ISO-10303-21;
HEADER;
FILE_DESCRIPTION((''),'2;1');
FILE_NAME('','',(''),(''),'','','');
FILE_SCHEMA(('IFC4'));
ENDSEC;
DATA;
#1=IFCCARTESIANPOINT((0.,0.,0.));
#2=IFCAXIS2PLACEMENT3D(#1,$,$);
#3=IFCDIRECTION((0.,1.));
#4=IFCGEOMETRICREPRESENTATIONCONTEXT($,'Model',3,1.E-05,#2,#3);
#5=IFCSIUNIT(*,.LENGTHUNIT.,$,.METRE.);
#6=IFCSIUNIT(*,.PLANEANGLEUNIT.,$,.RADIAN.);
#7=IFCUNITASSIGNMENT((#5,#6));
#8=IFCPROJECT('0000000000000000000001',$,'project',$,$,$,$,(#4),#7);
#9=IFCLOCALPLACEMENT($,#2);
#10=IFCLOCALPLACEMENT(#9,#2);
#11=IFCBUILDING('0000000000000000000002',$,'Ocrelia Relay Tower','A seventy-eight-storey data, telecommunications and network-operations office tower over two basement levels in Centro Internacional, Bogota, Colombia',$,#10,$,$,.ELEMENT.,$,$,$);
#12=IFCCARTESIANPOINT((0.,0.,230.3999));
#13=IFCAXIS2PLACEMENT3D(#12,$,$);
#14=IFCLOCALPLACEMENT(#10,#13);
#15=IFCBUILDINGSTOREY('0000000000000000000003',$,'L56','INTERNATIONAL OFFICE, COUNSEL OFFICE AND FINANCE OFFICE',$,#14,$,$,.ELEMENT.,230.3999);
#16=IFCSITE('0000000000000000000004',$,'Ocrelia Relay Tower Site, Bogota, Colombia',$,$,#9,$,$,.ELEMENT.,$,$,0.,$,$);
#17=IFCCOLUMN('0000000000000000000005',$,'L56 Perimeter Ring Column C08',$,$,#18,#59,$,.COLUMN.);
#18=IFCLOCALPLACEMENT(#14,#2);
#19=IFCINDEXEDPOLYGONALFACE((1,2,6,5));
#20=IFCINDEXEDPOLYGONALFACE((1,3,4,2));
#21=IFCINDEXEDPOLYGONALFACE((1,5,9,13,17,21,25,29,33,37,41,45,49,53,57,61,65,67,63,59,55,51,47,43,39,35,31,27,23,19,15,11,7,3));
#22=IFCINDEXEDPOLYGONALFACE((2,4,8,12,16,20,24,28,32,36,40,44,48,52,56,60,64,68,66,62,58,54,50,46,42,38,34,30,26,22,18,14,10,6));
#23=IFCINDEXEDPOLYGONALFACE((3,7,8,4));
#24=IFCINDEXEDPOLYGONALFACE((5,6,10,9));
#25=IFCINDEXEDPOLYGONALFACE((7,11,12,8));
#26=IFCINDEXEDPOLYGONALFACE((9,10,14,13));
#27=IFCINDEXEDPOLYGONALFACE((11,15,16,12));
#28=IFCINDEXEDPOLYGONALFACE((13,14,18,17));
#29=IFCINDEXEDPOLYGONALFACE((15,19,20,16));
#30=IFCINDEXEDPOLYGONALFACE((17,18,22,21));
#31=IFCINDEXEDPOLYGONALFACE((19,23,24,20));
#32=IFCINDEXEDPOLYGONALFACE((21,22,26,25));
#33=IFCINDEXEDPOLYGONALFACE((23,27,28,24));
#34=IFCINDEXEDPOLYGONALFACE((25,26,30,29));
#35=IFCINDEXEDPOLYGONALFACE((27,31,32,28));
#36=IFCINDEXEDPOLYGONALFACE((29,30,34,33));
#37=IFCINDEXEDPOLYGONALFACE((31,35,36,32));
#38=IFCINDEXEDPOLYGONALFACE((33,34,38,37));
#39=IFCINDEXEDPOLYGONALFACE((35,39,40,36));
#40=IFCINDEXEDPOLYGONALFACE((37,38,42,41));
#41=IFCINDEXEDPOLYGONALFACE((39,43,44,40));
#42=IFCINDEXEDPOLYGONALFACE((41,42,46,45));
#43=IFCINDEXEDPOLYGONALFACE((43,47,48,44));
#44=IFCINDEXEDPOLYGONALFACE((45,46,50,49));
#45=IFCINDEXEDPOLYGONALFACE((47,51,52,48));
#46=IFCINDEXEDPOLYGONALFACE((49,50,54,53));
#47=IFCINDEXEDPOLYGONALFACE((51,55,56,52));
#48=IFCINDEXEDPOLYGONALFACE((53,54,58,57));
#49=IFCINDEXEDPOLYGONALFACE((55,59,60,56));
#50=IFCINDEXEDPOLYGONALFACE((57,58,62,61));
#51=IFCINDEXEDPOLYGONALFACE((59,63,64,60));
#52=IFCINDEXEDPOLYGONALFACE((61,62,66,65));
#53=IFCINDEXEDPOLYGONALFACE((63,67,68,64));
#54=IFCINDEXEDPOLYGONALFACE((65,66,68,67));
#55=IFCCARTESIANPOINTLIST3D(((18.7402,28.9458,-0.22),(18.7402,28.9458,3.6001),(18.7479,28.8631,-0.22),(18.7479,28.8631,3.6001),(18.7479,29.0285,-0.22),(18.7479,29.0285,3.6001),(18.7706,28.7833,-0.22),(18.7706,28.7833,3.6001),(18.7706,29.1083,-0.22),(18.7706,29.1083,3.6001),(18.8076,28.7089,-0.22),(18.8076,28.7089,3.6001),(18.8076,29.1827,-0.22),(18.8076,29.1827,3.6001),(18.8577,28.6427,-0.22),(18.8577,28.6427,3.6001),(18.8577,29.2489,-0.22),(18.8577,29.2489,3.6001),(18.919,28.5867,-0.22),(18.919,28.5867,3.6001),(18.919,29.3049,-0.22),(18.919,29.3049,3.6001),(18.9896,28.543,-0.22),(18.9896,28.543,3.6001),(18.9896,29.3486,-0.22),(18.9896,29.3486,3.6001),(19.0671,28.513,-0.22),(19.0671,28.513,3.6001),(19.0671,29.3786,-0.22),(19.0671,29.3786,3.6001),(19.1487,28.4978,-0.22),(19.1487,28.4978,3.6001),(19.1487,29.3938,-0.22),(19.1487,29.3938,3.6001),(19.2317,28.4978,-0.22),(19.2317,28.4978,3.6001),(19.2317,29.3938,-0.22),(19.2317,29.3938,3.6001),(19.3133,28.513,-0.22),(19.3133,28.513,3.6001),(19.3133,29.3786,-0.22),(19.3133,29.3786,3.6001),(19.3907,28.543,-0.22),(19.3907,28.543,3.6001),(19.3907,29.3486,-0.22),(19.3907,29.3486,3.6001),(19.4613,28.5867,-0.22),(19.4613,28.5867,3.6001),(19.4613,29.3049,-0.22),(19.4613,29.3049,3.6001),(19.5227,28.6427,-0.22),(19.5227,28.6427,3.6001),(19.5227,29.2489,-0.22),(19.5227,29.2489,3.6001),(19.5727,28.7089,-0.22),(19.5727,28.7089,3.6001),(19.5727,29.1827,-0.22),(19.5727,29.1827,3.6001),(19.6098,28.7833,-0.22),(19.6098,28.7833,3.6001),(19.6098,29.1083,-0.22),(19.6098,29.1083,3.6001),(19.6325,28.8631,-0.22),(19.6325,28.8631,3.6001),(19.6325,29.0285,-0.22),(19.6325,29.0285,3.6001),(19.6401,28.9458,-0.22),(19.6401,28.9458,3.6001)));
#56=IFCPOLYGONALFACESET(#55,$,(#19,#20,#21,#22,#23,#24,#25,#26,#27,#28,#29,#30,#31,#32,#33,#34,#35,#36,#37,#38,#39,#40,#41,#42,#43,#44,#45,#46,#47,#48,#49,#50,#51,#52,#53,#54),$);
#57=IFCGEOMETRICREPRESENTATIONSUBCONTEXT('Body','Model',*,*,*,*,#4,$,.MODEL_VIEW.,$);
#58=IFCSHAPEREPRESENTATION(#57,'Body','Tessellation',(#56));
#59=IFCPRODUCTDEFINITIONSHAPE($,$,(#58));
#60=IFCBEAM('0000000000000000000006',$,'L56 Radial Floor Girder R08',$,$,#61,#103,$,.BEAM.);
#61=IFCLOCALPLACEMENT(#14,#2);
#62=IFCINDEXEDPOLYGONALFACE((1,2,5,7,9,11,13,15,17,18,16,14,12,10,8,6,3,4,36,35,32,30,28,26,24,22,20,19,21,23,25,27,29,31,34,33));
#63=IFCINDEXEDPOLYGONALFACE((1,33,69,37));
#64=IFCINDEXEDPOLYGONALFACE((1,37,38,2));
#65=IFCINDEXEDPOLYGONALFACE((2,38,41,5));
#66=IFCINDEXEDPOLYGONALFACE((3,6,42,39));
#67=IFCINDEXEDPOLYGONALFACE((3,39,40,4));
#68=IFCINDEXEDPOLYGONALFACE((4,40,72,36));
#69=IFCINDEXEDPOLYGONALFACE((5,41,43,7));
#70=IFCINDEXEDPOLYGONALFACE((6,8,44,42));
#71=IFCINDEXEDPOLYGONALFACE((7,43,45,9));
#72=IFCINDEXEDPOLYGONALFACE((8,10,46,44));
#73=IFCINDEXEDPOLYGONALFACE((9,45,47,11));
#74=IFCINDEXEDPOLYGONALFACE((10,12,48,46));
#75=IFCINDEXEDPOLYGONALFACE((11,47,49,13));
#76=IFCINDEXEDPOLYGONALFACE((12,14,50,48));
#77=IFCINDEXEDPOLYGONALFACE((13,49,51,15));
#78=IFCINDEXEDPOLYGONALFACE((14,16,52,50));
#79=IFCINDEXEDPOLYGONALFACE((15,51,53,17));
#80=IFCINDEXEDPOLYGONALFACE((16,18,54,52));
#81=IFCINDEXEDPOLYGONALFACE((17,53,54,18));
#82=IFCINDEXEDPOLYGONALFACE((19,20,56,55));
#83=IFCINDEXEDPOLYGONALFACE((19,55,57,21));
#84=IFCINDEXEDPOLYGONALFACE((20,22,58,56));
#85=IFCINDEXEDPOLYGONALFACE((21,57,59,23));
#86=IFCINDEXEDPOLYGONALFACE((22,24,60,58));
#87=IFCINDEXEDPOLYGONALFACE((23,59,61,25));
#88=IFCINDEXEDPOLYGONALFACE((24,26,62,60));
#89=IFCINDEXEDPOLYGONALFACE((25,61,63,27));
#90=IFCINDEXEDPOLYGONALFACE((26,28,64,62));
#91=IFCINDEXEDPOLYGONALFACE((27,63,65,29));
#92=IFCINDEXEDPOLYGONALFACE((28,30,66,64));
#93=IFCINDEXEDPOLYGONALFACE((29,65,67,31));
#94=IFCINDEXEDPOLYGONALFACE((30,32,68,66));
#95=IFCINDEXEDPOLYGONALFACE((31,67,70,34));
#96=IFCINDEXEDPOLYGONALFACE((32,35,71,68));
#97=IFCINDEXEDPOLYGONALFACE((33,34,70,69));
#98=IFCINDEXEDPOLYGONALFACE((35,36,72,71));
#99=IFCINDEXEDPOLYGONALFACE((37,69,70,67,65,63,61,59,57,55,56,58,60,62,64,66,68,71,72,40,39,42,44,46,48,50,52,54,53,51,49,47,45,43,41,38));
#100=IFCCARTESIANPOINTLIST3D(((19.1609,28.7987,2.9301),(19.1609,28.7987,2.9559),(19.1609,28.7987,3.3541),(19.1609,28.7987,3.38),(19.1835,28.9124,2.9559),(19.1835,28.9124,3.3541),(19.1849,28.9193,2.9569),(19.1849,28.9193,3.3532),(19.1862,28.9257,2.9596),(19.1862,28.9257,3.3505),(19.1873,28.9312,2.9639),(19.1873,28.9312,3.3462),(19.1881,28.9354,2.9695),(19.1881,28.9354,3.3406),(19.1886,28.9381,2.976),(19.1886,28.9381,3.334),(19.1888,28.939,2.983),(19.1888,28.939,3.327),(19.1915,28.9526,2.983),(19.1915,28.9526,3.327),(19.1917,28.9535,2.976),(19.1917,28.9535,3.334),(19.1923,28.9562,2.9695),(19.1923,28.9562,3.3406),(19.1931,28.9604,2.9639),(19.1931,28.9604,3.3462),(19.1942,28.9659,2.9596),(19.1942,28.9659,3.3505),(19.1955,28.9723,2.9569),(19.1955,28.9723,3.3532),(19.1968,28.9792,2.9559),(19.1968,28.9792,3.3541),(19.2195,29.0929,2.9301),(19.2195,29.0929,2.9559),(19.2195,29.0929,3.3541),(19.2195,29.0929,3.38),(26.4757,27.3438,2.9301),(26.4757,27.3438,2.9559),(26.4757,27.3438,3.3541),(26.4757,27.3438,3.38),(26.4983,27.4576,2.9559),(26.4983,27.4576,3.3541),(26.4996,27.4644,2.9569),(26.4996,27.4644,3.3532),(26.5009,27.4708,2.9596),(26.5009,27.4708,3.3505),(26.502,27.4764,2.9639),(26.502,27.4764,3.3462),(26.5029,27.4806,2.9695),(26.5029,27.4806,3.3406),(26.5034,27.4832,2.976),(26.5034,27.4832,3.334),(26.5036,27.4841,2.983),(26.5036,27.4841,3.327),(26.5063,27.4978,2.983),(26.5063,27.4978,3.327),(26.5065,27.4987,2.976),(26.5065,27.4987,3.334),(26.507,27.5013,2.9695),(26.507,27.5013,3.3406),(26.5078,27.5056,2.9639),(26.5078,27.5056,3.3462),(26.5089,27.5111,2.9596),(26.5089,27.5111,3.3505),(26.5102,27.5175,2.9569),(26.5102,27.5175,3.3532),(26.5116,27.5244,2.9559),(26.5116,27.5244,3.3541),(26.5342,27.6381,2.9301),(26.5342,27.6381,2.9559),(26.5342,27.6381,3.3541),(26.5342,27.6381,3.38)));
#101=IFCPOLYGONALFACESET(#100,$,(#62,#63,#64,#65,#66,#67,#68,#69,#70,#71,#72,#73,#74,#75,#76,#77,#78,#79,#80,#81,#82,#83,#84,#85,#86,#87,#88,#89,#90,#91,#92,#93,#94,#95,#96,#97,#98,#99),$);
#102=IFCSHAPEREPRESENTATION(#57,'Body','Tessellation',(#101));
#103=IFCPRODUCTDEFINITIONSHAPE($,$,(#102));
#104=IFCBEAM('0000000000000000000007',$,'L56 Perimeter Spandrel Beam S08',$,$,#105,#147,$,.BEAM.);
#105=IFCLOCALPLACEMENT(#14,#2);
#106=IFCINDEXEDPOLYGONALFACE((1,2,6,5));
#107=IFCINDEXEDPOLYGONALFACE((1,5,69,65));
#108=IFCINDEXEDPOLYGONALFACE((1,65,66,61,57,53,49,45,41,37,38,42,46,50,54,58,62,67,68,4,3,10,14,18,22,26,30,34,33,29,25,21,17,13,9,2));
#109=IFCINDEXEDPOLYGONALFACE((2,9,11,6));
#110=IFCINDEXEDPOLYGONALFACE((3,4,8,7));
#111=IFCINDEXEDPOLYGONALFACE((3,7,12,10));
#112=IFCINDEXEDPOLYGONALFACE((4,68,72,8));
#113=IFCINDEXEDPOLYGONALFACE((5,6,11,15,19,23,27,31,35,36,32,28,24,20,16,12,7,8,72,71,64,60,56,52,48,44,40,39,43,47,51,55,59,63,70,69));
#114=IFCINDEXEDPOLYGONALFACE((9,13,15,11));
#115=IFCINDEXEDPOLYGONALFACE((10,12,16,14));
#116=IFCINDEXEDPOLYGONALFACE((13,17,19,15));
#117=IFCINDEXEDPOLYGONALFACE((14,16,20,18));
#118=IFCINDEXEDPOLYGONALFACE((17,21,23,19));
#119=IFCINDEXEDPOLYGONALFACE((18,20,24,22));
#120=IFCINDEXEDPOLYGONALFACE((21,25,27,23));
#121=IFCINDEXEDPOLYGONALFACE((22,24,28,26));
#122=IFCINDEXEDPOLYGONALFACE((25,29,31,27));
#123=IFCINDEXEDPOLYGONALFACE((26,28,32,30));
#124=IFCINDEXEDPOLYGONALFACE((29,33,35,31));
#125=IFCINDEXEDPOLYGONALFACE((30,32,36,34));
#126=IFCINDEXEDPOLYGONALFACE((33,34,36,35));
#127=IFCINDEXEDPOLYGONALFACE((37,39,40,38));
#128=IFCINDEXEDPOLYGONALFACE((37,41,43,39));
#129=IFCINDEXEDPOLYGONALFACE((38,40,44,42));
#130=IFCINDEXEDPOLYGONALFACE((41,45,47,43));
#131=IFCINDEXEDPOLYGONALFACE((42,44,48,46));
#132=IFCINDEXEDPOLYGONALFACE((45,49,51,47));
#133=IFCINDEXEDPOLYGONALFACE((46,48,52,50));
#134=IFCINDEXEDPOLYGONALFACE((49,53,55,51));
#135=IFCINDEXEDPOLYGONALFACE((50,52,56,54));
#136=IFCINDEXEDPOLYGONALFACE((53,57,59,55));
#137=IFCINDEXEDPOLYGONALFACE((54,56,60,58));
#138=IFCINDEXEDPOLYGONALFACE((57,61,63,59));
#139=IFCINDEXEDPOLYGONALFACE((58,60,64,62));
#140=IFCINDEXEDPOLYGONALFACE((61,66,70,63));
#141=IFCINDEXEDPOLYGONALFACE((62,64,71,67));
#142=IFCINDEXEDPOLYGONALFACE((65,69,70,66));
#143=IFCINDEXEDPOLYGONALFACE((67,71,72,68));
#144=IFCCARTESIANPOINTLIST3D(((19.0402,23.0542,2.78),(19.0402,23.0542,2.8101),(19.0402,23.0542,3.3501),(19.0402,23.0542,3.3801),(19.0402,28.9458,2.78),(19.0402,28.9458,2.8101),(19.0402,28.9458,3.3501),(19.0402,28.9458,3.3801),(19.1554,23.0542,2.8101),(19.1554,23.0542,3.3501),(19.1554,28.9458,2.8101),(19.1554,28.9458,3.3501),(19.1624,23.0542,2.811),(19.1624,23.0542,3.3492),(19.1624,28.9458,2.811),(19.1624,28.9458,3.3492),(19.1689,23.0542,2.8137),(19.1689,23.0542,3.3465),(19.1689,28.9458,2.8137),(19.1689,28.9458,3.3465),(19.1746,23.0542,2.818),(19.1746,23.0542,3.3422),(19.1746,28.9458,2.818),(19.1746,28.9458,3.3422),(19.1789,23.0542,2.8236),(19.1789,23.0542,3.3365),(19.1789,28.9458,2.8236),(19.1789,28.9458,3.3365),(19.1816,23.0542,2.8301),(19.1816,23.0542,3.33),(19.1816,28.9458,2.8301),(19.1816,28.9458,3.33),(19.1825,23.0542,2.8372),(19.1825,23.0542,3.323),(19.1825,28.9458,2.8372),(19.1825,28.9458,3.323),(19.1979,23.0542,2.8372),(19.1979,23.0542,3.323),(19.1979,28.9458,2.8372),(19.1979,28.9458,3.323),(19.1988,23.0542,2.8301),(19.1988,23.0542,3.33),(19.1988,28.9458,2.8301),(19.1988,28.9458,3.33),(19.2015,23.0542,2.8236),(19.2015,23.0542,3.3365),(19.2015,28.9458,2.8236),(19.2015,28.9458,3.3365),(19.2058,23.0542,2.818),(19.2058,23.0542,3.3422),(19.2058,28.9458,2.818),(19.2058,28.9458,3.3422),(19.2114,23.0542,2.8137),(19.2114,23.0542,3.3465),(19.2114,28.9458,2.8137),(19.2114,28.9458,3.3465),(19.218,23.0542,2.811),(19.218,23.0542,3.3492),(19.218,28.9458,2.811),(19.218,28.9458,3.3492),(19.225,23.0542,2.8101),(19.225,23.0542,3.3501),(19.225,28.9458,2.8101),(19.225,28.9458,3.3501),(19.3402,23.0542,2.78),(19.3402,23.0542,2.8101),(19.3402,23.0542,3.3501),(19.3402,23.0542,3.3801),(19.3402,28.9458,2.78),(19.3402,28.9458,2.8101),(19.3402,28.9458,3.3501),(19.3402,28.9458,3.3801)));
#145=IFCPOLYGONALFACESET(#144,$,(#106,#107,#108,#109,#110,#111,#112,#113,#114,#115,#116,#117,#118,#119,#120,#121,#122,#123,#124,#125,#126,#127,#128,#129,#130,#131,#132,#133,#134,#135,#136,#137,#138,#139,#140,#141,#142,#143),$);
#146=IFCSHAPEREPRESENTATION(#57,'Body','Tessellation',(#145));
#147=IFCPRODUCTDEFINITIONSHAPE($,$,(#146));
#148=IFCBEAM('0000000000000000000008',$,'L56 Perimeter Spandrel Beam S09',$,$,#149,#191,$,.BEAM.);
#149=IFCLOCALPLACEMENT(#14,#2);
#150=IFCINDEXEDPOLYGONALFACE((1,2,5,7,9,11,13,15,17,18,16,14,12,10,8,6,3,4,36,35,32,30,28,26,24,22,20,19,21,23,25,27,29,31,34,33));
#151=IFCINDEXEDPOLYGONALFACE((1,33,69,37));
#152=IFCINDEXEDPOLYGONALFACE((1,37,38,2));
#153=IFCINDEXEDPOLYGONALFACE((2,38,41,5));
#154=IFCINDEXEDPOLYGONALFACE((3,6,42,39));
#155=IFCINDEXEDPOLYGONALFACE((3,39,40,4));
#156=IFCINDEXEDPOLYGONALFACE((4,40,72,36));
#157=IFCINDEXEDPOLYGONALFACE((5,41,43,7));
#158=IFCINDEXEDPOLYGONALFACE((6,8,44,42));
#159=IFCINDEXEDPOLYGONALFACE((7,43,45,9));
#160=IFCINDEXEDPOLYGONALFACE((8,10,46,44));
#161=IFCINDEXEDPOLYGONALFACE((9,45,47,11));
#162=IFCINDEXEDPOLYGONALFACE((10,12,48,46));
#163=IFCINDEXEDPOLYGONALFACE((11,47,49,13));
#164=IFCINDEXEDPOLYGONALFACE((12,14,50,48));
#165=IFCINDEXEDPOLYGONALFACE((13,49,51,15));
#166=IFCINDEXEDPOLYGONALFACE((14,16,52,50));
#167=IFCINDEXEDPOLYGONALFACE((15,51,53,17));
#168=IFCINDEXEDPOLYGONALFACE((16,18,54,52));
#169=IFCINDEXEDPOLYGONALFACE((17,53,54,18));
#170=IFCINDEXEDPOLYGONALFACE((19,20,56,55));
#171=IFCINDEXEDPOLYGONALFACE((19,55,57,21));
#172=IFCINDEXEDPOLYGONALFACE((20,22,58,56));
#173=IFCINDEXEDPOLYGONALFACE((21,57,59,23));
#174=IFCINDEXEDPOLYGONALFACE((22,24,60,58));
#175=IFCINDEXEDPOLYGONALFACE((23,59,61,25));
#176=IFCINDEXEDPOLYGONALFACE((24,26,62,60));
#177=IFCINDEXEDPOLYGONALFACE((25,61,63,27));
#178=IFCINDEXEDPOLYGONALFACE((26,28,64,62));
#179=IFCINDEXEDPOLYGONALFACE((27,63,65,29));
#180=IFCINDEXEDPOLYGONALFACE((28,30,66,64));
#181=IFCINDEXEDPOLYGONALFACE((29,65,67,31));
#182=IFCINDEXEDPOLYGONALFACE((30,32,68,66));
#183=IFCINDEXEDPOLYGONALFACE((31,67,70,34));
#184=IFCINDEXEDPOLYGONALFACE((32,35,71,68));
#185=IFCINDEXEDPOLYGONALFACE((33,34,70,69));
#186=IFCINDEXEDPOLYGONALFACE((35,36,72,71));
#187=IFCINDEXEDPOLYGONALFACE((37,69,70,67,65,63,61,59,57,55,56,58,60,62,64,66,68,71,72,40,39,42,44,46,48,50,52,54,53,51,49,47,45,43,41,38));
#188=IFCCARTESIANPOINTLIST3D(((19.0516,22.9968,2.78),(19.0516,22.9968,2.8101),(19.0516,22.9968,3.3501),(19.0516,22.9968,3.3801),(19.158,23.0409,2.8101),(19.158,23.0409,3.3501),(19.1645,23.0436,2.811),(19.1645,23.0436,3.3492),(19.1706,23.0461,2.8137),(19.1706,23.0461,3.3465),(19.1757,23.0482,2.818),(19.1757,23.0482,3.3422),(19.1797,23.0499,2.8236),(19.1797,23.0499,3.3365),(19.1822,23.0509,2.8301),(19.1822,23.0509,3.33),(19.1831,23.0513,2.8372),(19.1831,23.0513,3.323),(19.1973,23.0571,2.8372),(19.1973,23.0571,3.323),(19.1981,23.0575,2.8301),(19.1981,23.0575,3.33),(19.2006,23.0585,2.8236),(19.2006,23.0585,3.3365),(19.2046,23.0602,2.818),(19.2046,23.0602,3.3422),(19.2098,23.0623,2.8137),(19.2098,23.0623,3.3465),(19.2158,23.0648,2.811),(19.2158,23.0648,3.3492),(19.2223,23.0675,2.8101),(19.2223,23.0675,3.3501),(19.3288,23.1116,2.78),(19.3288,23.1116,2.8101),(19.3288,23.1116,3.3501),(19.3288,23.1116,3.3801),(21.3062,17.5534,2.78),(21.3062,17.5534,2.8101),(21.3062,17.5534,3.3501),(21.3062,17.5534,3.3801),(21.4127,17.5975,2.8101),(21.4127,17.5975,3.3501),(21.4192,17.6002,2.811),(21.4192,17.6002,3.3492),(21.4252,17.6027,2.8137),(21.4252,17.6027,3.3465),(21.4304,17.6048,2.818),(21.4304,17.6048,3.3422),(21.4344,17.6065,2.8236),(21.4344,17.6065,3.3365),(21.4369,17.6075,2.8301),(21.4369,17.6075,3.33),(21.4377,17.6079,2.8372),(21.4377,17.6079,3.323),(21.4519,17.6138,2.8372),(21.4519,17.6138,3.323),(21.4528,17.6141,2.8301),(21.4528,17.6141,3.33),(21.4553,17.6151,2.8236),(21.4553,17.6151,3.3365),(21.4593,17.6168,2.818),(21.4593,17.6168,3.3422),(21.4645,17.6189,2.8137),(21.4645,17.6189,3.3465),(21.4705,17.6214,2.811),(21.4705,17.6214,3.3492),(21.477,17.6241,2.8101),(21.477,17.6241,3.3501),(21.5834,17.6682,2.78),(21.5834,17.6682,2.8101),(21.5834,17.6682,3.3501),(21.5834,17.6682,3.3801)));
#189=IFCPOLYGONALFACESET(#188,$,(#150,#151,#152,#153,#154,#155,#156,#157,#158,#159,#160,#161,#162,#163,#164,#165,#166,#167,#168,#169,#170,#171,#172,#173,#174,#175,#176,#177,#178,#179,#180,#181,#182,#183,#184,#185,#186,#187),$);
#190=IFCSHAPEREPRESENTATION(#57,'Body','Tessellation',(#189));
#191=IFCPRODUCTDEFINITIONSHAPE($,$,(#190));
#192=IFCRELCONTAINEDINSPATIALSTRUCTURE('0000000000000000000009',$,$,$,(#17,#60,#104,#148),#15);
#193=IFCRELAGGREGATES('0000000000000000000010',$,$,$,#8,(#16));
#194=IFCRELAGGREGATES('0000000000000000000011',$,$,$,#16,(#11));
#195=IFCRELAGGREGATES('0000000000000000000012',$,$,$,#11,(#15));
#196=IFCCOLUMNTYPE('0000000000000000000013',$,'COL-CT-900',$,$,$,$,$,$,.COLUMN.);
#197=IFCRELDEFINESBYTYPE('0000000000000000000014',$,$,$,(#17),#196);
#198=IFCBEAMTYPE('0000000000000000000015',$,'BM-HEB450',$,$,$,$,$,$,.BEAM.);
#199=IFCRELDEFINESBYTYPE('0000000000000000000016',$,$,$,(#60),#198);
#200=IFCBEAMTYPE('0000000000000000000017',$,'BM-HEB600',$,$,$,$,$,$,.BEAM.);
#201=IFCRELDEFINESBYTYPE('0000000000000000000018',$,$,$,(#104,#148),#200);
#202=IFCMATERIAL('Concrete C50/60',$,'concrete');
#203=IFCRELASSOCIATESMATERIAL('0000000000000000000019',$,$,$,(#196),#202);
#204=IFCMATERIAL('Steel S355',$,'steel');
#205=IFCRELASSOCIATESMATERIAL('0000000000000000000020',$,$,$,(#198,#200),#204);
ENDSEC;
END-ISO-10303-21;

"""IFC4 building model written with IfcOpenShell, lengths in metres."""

from ifc_helpers import new_model, si_unit, direction, frame, origin, origin_2d, place, context, subcontext, project, spatial, circle, i_section, extrude, material, material_profile, profile_set, type_object, element, save


model = new_model("IFC4")

# Units and contexts
model_context = context("Model", 3, precision=1e-05, world=origin(), true_north=direction((0.0, 1.0)))
body_context = subcontext(model_context, "Body", "Model", "MODEL_VIEW")
ifc_project = project(units=[si_unit("LENGTHUNIT", "METRE"), si_unit("PLANEANGLEUNIT", "RADIAN")], contexts=[model_context])

# Site, building, storey
site_placement = place(None, origin())
site = spatial("IfcSite", under=ifc_project, at=site_placement, Name="Ocrelia Relay Tower Site, Bogota, Colombia", CompositionType="ELEMENT", RefElevation=0.0)
building_placement = place(site_placement, origin())
building = spatial("IfcBuilding", under=site, at=building_placement, Name="Ocrelia Relay Tower", Description="A seventy-eight-storey data, telecommunications and network-operations office tower over two basement levels in Centro Internacional, Bogota, Colombia", CompositionType="ELEMENT")
storey_placement = place(building_placement, frame((0.0, 0.0, 230.3999)))
storey = spatial("IfcBuildingStorey", under=building, at=storey_placement, Name="L56", Description="INTERNATIONAL OFFICE, COUNSEL OFFICE AND FINANCE OFFICE", CompositionType="ELEMENT", Elevation=230.3999)

# Column
ifc_material_1 = material(Name="Concrete C50/60", Category="concrete")
ifc_material_profile_1 = material_profile(ifc_material_1, circle(Radius=0.45, at=origin_2d()), Name="RC-CIR-900")
ifc_profile_set_1 = profile_set([ifc_material_profile_1], Name="Concrete C50/60")
column_type = type_object("IfcColumnType", Name="COL-CT-900", PredefinedType="COLUMN", material=ifc_profile_set_1)
column_placement = place(storey_placement, frame((19.1902, 28.9458, -0.22), z_axis=(0.0, 0.0, 1.0), x_axis=(1.0, 0.0, 0.0)))
element("IfcColumn", 1, at=column_placement, inside=storey, type_object=column_type, Name="L56 Perimeter Ring Column C08", PredefinedType="COLUMN", context=body_context, shape_type="SweptSolid", body=[
    extrude(circle(Radius=0.45, at=origin_2d()), origin(), (0.0, 0.0, 1.0), 3.8201),
])

# Beams
ifc_material_2 = material(Name="Steel S355", Category="steel")
ifc_material_profile_2 = material_profile(ifc_material_2, i_section(OverallWidth=0.3, OverallDepth=0.45, WebThickness=0.0139, FlangeThickness=0.0259, FilletRadius=0.0271, at=origin_2d()), Name="HEB 450")
ifc_profile_set_2 = profile_set([ifc_material_profile_2], Name="Steel S355")
beam_type_1 = type_object("IfcBeamType", Name="BM-HEB450", PredefinedType="BEAM", material=ifc_profile_set_2)
beam_1_placement = place(storey_placement, frame((19.1902, 28.9458, 3.155), z_axis=(0.980789, -0.195071, 0.0), x_axis=(0.195071, 0.980789, 0.0)))
element("IfcBeam", 2, at=beam_1_placement, inside=storey, type_object=beam_type_1, Name="L56 Radial Floor Girder R08", PredefinedType="BEAM", context=body_context, shape_type="SweptSolid", body=[
    extrude(i_section(OverallWidth=0.3, OverallDepth=0.45, WebThickness=0.0139, FlangeThickness=0.0259, FilletRadius=0.0271, at=origin_2d()), origin(), (0.0, 0.0, 1.0), 7.458),
])
ifc_material_profile_3 = material_profile(ifc_material_2, i_section(OverallWidth=0.3, OverallDepth=0.6001, WebThickness=0.0154, FlangeThickness=0.03, FilletRadius=0.0271, at=origin_2d()), Name="HEB 600")
ifc_profile_set_3 = profile_set([ifc_material_profile_3], Name="Steel S355")
beam_type_2 = type_object("IfcBeamType", Name="BM-HEB600", PredefinedType="BEAM", material=ifc_profile_set_3)
beam_2_placement = place(storey_placement, frame((19.1902, 28.9458, 3.0801), z_axis=(0.0, -1.0, 0.0), x_axis=(1.0, 0.0, 0.0)))
element("IfcBeam", 3, at=beam_2_placement, inside=storey, type_object=beam_type_2, Name="L56 Perimeter Spandrel Beam S08", PredefinedType="BEAM", context=body_context, shape_type="SweptSolid", body=[
    extrude(i_section(OverallWidth=0.3, OverallDepth=0.6001, WebThickness=0.0154, FlangeThickness=0.03, FilletRadius=0.0271, at=origin_2d()), origin(), (0.0, 0.0, 1.0), 5.8916),
])
beam_3_placement = place(storey_placement, frame((19.1902, 23.0542, 3.0801), z_axis=(0.382673, -0.923884, 0.0), x_axis=(0.923884, 0.382673, 0.0)))
element("IfcBeam", 4, at=beam_3_placement, inside=storey, type_object=beam_type_2, Name="L56 Perimeter Spandrel Beam S09", PredefinedType="BEAM", context=body_context, shape_type="SweptSolid", body=[
    extrude(i_section(OverallWidth=0.3, OverallDepth=0.6001, WebThickness=0.0154, FlangeThickness=0.03, FilletRadius=0.0271, at=origin_2d()), origin(), (0.0, 0.0, 1.0), 5.8918),
])

save(model, "model.ifc")
